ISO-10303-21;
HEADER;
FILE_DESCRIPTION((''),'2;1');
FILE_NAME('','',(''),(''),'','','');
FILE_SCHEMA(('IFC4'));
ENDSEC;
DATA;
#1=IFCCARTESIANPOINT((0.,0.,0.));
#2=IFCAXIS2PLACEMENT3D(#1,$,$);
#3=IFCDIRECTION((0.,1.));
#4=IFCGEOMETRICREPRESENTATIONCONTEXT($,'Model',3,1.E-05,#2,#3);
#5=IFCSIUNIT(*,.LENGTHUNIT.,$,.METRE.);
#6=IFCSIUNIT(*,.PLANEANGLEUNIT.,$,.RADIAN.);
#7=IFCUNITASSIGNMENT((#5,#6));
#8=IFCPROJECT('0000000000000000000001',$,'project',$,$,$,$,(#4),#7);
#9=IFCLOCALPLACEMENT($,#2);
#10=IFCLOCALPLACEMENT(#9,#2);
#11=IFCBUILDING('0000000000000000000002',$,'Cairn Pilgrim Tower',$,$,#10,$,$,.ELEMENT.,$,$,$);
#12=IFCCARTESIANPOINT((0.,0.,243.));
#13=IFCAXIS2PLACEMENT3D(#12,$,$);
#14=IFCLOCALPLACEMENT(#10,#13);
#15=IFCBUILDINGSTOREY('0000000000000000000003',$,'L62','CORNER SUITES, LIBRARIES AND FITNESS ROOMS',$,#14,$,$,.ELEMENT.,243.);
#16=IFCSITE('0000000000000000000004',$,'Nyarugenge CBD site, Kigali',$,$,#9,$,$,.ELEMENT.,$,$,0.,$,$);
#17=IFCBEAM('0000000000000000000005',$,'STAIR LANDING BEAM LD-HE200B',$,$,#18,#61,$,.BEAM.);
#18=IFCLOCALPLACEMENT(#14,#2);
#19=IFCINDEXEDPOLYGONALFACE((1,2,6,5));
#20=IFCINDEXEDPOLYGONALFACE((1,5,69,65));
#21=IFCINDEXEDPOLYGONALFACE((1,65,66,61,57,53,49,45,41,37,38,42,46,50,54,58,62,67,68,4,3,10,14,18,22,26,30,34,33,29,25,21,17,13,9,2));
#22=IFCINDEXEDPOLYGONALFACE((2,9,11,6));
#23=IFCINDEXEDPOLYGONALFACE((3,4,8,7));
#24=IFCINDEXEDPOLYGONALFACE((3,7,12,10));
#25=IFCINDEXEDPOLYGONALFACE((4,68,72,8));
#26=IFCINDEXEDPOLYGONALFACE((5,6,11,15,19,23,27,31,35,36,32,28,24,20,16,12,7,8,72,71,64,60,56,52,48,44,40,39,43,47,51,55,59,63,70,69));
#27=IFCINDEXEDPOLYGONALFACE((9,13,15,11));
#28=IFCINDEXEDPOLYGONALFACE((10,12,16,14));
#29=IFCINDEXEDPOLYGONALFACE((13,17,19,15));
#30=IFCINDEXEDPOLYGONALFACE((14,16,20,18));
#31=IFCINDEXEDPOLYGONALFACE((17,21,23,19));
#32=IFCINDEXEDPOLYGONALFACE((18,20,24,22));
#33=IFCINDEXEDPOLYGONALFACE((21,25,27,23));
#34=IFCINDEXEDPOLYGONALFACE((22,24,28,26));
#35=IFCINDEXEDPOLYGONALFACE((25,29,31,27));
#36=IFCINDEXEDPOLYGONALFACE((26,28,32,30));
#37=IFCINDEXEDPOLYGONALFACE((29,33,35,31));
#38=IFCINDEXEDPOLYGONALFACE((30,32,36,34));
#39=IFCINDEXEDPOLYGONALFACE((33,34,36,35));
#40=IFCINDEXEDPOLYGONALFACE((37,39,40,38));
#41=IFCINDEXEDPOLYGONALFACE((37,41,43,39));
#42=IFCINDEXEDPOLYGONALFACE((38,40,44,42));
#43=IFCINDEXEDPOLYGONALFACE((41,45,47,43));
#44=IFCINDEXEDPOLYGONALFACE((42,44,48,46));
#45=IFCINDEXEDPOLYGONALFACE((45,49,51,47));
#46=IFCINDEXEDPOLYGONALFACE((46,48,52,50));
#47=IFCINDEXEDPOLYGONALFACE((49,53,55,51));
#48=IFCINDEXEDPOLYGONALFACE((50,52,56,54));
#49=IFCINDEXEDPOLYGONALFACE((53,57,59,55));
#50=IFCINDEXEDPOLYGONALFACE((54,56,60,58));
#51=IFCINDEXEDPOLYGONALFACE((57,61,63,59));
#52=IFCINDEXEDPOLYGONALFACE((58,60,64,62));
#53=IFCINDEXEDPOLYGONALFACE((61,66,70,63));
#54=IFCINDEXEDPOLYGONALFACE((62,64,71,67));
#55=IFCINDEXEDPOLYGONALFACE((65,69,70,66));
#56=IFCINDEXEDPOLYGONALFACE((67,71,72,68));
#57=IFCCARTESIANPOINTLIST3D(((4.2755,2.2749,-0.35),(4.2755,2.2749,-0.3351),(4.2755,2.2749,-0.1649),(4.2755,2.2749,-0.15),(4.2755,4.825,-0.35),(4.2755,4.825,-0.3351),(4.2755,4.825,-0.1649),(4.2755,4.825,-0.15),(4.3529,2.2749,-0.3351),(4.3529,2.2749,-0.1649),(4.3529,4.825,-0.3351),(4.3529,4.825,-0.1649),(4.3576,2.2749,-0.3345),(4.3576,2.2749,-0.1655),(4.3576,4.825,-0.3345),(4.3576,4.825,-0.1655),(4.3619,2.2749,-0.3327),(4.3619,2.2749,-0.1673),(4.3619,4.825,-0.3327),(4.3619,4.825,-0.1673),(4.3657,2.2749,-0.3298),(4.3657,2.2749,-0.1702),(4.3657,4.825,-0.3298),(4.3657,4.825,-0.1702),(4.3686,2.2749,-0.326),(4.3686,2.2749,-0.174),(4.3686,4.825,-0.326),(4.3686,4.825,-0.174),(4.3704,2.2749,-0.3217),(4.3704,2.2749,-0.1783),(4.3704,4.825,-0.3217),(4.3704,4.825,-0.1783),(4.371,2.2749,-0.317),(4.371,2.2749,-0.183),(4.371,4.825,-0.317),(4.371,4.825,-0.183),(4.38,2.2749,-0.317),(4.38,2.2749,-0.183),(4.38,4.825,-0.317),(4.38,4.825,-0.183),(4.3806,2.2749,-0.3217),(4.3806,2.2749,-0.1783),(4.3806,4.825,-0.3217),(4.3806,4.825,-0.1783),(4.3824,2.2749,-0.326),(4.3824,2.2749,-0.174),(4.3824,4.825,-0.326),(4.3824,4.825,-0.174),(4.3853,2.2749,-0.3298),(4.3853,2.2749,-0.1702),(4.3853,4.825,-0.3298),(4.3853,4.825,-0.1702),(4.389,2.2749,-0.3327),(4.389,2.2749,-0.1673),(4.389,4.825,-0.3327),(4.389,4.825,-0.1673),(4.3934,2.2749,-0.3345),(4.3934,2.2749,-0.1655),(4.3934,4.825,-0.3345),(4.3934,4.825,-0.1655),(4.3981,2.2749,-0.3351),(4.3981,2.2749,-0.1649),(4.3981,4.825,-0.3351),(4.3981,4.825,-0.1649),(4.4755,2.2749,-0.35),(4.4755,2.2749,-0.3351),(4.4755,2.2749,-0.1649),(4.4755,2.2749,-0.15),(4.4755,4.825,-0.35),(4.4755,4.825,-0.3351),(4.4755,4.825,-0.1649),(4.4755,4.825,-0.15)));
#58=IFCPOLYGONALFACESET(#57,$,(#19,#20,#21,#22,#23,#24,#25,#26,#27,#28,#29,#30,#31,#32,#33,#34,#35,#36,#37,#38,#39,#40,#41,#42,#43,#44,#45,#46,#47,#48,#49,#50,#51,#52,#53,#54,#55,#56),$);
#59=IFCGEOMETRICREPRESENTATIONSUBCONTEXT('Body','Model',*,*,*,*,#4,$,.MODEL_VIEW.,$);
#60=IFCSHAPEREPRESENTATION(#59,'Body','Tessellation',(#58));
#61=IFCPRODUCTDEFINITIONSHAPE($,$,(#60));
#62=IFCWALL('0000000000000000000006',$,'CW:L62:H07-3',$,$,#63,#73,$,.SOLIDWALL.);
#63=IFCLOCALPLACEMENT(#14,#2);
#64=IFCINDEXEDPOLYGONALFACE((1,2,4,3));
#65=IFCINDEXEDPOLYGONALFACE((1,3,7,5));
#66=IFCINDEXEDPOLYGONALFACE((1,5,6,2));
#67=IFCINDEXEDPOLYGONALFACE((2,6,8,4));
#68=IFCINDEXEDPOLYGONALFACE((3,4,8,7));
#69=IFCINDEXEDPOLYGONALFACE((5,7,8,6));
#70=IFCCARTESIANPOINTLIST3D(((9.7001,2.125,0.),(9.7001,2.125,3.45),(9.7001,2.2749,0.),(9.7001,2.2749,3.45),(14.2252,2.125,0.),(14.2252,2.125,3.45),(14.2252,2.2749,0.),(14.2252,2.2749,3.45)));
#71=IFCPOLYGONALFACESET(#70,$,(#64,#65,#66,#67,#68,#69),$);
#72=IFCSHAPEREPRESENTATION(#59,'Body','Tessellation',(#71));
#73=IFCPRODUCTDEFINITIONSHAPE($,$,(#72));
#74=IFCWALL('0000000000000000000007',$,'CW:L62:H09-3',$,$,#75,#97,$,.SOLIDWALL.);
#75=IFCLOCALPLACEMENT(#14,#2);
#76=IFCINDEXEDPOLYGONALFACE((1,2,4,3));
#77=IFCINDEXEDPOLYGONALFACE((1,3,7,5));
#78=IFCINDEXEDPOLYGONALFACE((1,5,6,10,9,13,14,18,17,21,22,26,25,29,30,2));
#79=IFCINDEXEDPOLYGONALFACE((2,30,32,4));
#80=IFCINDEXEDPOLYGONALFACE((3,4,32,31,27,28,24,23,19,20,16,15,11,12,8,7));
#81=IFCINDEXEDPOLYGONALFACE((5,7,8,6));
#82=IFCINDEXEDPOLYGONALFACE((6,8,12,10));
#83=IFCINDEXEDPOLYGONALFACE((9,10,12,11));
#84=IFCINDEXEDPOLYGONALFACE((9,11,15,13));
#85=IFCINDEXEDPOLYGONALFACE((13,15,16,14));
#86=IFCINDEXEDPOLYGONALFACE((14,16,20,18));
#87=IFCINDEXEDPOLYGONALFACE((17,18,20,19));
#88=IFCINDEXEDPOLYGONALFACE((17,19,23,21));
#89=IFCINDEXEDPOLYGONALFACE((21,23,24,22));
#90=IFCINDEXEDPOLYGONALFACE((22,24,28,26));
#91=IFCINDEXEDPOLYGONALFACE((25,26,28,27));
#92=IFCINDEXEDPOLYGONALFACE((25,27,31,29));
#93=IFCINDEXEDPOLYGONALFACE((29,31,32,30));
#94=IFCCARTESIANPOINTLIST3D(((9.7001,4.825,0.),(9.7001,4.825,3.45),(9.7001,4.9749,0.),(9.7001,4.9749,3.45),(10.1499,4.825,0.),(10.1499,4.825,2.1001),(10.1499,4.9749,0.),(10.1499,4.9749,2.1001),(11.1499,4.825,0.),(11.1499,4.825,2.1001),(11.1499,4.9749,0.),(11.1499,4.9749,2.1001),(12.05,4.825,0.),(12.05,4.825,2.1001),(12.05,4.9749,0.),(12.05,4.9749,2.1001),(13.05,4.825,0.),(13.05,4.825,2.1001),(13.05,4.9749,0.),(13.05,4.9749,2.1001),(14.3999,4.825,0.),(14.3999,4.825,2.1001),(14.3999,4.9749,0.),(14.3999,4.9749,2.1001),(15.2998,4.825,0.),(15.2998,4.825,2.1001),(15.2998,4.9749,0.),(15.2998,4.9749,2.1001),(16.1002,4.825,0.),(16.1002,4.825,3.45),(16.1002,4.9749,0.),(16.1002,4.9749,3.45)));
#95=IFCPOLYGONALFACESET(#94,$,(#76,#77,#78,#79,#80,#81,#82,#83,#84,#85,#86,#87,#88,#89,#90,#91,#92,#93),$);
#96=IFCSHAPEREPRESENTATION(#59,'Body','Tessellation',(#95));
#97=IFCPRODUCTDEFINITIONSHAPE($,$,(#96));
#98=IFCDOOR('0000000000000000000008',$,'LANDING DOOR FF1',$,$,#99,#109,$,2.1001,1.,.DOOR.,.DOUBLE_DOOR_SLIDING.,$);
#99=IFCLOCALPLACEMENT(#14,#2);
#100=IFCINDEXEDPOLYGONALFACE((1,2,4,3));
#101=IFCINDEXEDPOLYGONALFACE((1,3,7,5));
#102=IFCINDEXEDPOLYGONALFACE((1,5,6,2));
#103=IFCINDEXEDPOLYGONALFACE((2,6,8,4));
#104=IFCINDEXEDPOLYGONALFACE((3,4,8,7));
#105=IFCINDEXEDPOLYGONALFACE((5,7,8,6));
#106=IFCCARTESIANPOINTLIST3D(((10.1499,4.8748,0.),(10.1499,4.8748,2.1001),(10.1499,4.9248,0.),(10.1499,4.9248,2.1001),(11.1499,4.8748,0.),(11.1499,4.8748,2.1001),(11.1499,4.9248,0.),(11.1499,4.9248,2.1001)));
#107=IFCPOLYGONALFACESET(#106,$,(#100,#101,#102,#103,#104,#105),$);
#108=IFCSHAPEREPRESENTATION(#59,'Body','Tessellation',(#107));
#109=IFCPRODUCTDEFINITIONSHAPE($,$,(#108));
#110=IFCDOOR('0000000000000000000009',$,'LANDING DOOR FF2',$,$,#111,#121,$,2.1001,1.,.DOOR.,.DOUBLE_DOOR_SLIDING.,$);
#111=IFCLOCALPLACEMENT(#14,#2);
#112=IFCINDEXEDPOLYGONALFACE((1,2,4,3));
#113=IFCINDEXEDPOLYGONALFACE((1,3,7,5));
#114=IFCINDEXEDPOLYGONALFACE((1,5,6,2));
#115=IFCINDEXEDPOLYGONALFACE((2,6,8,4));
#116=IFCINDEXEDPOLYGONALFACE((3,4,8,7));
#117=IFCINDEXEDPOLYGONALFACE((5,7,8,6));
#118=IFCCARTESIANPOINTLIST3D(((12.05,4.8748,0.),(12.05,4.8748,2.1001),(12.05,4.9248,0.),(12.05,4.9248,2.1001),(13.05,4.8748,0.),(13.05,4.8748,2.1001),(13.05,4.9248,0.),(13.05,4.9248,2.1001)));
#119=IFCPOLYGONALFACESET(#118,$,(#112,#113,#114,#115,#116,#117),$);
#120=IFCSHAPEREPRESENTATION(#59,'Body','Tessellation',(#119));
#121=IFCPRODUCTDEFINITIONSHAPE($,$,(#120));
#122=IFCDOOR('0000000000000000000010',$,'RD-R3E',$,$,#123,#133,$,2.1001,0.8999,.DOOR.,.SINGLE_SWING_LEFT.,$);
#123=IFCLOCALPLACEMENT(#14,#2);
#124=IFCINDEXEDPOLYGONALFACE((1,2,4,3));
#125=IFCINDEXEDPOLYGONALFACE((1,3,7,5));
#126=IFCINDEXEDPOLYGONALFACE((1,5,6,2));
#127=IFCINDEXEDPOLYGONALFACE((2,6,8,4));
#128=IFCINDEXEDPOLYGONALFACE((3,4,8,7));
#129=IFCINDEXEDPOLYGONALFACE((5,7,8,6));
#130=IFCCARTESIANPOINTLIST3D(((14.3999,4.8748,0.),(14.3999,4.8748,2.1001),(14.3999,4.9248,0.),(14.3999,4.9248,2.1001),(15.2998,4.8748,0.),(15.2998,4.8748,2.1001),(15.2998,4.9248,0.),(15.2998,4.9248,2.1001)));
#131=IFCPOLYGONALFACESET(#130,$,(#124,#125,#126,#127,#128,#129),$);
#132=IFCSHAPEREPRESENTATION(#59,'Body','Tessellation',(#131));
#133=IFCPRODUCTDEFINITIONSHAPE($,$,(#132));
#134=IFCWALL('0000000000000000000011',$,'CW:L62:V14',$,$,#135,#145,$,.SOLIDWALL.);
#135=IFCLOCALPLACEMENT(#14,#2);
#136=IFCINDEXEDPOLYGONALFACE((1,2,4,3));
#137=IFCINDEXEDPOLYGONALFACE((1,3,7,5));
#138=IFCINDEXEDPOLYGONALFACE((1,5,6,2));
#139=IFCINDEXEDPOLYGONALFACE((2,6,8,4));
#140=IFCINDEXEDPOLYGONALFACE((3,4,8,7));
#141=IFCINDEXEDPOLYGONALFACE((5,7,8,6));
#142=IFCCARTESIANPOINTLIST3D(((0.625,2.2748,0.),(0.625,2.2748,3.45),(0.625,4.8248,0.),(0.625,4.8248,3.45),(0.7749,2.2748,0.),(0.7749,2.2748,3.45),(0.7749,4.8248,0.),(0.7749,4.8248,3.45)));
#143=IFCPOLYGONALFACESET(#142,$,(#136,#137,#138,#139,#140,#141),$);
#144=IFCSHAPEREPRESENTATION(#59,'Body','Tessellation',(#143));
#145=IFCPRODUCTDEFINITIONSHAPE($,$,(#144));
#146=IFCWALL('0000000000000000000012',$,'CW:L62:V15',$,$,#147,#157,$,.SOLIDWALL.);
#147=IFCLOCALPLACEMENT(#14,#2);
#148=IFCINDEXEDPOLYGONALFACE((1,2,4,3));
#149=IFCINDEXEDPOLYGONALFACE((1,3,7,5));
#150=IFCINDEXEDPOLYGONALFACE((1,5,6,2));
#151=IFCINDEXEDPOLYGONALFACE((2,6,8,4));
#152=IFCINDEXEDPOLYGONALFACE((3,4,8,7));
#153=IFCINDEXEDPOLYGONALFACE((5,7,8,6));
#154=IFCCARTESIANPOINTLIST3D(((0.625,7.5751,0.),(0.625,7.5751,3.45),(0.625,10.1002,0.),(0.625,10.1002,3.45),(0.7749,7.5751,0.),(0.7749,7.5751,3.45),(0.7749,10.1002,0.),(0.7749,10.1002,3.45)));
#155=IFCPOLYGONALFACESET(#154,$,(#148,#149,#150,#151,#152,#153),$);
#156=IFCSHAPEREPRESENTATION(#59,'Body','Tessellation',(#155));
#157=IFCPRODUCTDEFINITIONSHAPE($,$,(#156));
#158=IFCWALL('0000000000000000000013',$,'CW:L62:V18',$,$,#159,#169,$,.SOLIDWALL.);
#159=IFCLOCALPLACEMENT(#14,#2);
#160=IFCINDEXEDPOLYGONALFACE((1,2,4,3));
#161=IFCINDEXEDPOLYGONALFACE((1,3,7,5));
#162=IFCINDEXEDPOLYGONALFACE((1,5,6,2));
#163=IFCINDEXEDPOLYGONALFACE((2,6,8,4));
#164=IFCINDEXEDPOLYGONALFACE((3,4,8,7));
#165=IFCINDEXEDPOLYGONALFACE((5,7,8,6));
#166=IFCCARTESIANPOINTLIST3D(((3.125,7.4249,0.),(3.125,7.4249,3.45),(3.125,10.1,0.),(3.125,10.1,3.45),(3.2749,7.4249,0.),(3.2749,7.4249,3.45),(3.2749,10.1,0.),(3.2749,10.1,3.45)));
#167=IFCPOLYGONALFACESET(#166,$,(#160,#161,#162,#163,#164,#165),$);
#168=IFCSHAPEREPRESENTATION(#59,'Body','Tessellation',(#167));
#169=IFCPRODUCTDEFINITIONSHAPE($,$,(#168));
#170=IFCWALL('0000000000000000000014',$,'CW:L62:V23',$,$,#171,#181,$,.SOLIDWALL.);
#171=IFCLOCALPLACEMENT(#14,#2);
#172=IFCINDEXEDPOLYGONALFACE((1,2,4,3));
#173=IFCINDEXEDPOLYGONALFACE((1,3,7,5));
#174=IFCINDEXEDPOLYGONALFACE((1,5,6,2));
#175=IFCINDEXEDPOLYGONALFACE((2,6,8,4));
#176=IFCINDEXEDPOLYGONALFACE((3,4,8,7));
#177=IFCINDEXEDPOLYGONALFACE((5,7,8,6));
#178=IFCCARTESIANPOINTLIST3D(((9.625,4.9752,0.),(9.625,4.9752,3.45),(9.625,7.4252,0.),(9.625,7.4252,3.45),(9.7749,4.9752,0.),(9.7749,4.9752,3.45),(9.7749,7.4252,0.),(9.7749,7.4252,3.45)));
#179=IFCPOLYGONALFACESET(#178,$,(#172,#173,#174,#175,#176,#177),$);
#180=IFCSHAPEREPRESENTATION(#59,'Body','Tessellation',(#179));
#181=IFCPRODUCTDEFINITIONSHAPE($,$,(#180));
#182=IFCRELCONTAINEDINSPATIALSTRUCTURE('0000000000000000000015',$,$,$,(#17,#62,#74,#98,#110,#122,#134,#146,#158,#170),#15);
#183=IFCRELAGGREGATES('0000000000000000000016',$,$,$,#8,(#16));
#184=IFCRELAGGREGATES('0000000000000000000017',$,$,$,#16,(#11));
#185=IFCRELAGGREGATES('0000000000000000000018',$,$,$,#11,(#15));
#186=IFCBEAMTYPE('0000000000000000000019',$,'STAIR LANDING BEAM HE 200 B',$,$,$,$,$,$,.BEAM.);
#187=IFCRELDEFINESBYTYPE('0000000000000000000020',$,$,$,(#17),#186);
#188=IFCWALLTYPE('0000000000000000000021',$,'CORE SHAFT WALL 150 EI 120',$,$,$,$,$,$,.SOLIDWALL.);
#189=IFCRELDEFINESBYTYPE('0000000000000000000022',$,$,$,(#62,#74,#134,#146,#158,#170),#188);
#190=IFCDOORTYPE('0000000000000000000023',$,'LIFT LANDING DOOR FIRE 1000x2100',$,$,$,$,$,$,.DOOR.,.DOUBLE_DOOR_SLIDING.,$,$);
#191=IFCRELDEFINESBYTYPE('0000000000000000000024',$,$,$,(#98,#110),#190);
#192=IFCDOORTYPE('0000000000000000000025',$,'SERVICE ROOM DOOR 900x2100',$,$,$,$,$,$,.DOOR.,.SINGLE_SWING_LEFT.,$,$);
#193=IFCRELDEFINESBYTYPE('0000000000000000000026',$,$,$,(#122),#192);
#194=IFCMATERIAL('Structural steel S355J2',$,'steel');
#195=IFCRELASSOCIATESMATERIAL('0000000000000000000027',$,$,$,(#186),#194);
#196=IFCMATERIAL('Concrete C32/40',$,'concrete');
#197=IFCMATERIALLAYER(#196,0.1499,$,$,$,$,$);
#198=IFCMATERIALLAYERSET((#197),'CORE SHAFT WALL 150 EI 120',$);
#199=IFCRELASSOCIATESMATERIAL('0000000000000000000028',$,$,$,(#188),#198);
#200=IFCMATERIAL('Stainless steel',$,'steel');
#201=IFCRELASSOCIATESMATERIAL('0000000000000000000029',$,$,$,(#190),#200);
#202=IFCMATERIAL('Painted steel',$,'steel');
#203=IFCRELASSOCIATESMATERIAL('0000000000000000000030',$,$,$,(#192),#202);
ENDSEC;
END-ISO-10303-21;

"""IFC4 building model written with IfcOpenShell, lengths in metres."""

from ifc_helpers import new_model, si_unit, direction, frame, frame_2d, origin, origin_2d, place, context, subcontext, project, spatial, rectangle, i_section, extrude, material, layer, layer_set, material_profile, profile_set, type_object, element, fill, save


model = new_model("IFC4")

# Units and contexts
model_context = context("Model", 3, precision=1e-05, world=origin(), true_north=direction((0.0, 1.0)))
body_context = subcontext(model_context, "Body", "Model", "MODEL_VIEW")
ifc_project = project(units=[si_unit("LENGTHUNIT", "METRE"), si_unit("PLANEANGLEUNIT", "RADIAN")], contexts=[model_context])

# Site, building, storey
site_placement = place(None, origin())
site = spatial("IfcSite", under=ifc_project, at=site_placement, Name="Nyarugenge CBD site, Kigali", CompositionType="ELEMENT", RefElevation=0.0)
building_placement = place(site_placement, origin())
building = spatial("IfcBuilding", under=site, at=building_placement, Name="Cairn Pilgrim Tower", CompositionType="ELEMENT")
storey_placement = place(building_placement, frame((0.0, 0.0, 243.0)))
storey = spatial("IfcBuildingStorey", under=building, at=storey_placement, Name="L62", Description="CORNER SUITES, LIBRARIES AND FITNESS ROOMS", CompositionType="ELEMENT", Elevation=243.0)

# Beam
ifc_material_1 = material(Name="Structural steel S355J2", Category="steel")
ifc_material_profile = material_profile(ifc_material_1, i_section(OverallWidth=0.2, OverallDepth=0.2, WebThickness=0.009, FlangeThickness=0.0149, FilletRadius=0.0181, at=origin_2d()), Name="HE 200 B")
ifc_profile_set = profile_set([ifc_material_profile], Name="Structural steel S355J2")
beam_type = type_object("IfcBeamType", Name="STAIR LANDING BEAM HE 200 B", PredefinedType="BEAM", material=ifc_profile_set)
beam_placement = place(storey_placement, frame((4.3755, 2.2749, -0.25), z_axis=(0.0, 1.0, 0.0), x_axis=(-1.0, 0.0, 0.0)))
element("IfcBeam", 1, at=beam_placement, inside=storey, type_object=beam_type, Name="STAIR LANDING BEAM LD-HE200B", PredefinedType="BEAM", context=body_context, shape_type="SweptSolid", body=[
    extrude(i_section(OverallWidth=0.2, OverallDepth=0.2, WebThickness=0.009, FlangeThickness=0.0149, FilletRadius=0.0181, at=origin_2d()), origin(), (0.0, 0.0, 1.0), 2.55),
])

# Wall
ifc_material_2 = material(Name="Concrete C32/40", Category="concrete")
ifc_layer_1 = layer(ifc_material_2, 0.1499)
ifc_layer_set_1 = layer_set([ifc_layer_1], Name="CORE SHAFT WALL 150 EI 120")
wall_type_1 = type_object("IfcWallType", Name="CORE SHAFT WALL 150 EI 120", PredefinedType="SOLIDWALL", material=ifc_layer_set_1)
wall_1_placement = place(storey_placement, frame((9.7, 2.2, 0.0), z_axis=(0.0, 0.0, 1.0), x_axis=(1.0, 0.0, 0.0)))
element("IfcWall", 2, at=wall_1_placement, inside=storey, type_object=wall_type_1, Name="CW:L62:H07-3", PredefinedType="SOLIDWALL", context=body_context, shape_type="SweptSolid", body=[
    extrude(rectangle(XDim=4.5251, YDim=0.1499, at=frame_2d((2.2627, 0.0))), origin(), (0.0, 0.0, 1.0), 3.45),
])

# Wall, openings, doors
wall_2_placement = place(storey_placement, frame((9.7, 4.8999, 0.0), z_axis=(0.0, 0.0, 1.0), x_axis=(1.0, 0.0, 0.0)))
wall_2 = element("IfcWall", 3, at=wall_2_placement, inside=storey, type_object=wall_type_1, Name="CW:L62:H09-3", PredefinedType="SOLIDWALL", context=body_context, shape_type="SweptSolid", body=[
    extrude(rectangle(XDim=6.4001, YDim=0.1499, at=frame_2d((3.2002, 0.0))), origin(), (0.0, 0.0, 1.0), 3.45),
])
opening_1_placement = place(wall_2_placement, frame((0.45, 0.0, 0.0)))
opening_1 = element("IfcOpeningElement", 4, at=opening_1_placement, cuts=wall_2, PredefinedType="OPENING", context=body_context, shape_type="SweptSolid", body=[
    extrude(rectangle(XDim=1.0, YDim=2.1001, at=frame_2d((0.5, 1.05))), frame((0.0, 0.085, 0.0), z_axis=(0.0, -1.0, 0.0), x_axis=(1.0, 0.0, 0.0)), (0.0, 0.0, 1.0), 0.1699),
])
opening_2_placement = place(wall_2_placement, frame((2.3501, 0.0, 0.0)))
opening_2 = element("IfcOpeningElement", 5, at=opening_2_placement, cuts=wall_2, PredefinedType="OPENING", context=body_context, shape_type="SweptSolid", body=[
    extrude(rectangle(XDim=1.0, YDim=2.1001, at=frame_2d((0.5, 1.05))), frame((0.0, 0.085, 0.0), z_axis=(0.0, -1.0, 0.0), x_axis=(1.0, 0.0, 0.0)), (0.0, 0.0, 1.0), 0.1699),
])
opening_3_placement = place(wall_2_placement, frame((4.7, 0.0, 0.0)))
opening_3 = element("IfcOpeningElement", 6, at=opening_3_placement, cuts=wall_2, PredefinedType="OPENING", context=body_context, shape_type="SweptSolid", body=[
    extrude(rectangle(XDim=0.8999, YDim=2.1001, at=frame_2d((0.45, 1.05))), frame((0.0, 0.085, 0.0), z_axis=(0.0, -1.0, 0.0), x_axis=(1.0, 0.0, 0.0)), (0.0, 0.0, 1.0), 0.1699),
])
ifc_material_3 = material(Name="Stainless steel", Category="steel")
door_type_1 = type_object("IfcDoorType", Name="LIFT LANDING DOOR FIRE 1000x2100", OperationType="DOUBLE_DOOR_SLIDING", PredefinedType="DOOR", material=ifc_material_3)
door_1_placement = place(opening_1_placement, origin())
door_1 = element("IfcDoor", 7, at=door_1_placement, inside=storey, type_object=door_type_1, Name="LANDING DOOR FF1", OperationType="DOUBLE_DOOR_SLIDING", OverallHeight=2.1001, OverallWidth=1.0, PredefinedType="DOOR", context=body_context, shape_type="SweptSolid", body=[
    extrude(rectangle(XDim=1.0, YDim=2.1001, at=frame_2d((0.5, 1.05))), frame((0.0, 0.0249, 0.0), z_axis=(0.0, -1.0, 0.0), x_axis=(1.0, 0.0, 0.0)), (0.0, 0.0, 1.0), 0.05),
])
fill(opening_1, door_1)
door_2_placement = place(opening_2_placement, origin())
door_2 = element("IfcDoor", 8, at=door_2_placement, inside=storey, type_object=door_type_1, Name="LANDING DOOR FF2", OperationType="DOUBLE_DOOR_SLIDING", OverallHeight=2.1001, OverallWidth=1.0, PredefinedType="DOOR", context=body_context, shape_type="SweptSolid", body=[
    extrude(rectangle(XDim=1.0, YDim=2.1001, at=frame_2d((0.5, 1.05))), frame((0.0, 0.0249, 0.0), z_axis=(0.0, -1.0, 0.0), x_axis=(1.0, 0.0, 0.0)), (0.0, 0.0, 1.0), 0.05),
])
fill(opening_2, door_2)
ifc_material_4 = material(Name="Painted steel", Category="steel")
door_type_2 = type_object("IfcDoorType", Name="SERVICE ROOM DOOR 900x2100", OperationType="SINGLE_SWING_LEFT", PredefinedType="DOOR", material=ifc_material_4)
door_3_placement = place(opening_3_placement, origin())
door_3 = element("IfcDoor", 9, at=door_3_placement, inside=storey, type_object=door_type_2, Name="RD-R3E", OperationType="SINGLE_SWING_LEFT", OverallHeight=2.1001, OverallWidth=0.8999, PredefinedType="DOOR", context=body_context, shape_type="SweptSolid", body=[
    extrude(rectangle(XDim=0.8999, YDim=2.1001, at=frame_2d((0.45, 1.05))), frame((0.0, 0.0249, 0.0), z_axis=(0.0, -1.0, 0.0), x_axis=(1.0, 0.0, 0.0)), (0.0, 0.0, 1.0), 0.05),
])
fill(opening_3, door_3)

# Walls
wall_3_placement = place(storey_placement, frame((0.7, 2.2749, 0.0), z_axis=(0.0, 0.0, 1.0), x_axis=(0.0, 1.0, 0.0)))
element("IfcWall", 10, at=wall_3_placement, inside=storey, type_object=wall_type_1, Name="CW:L62:V14", PredefinedType="SOLIDWALL", context=body_context, shape_type="SweptSolid", body=[
    extrude(rectangle(XDim=2.55, YDim=0.1499, at=frame_2d((1.2749, 0.0))), origin(), (0.0, 0.0, 1.0), 3.45),
])
wall_4_placement = place(storey_placement, frame((0.7, 7.575, 0.0), z_axis=(0.0, 0.0, 1.0), x_axis=(0.0, 1.0, 0.0)))
element("IfcWall", 11, at=wall_4_placement, inside=storey, type_object=wall_type_1, Name="CW:L62:V15", PredefinedType="SOLIDWALL", context=body_context, shape_type="SweptSolid", body=[
    extrude(rectangle(XDim=2.5251, YDim=0.1499, at=frame_2d((1.2627, 0.0))), origin(), (0.0, 0.0, 1.0), 3.45),
])
wall_5_placement = place(storey_placement, frame((3.2, 7.425, 0.0), z_axis=(0.0, 0.0, 1.0), x_axis=(0.0, 1.0, 0.0)))
element("IfcWall", 12, at=wall_5_placement, inside=storey, type_object=wall_type_1, Name="CW:L62:V18", PredefinedType="SOLIDWALL", context=body_context, shape_type="SweptSolid", body=[
    extrude(rectangle(XDim=2.675, YDim=0.1499, at=frame_2d((1.3374, 0.0))), origin(), (0.0, 0.0, 1.0), 3.45),
])
wall_6_placement = place(storey_placement, frame((9.7, 4.9751, 0.0), z_axis=(0.0, 0.0, 1.0), x_axis=(0.0, 1.0, 0.0)))
element("IfcWall", 13, at=wall_6_placement, inside=storey, type_object=wall_type_1, Name="CW:L62:V23", PredefinedType="SOLIDWALL", context=body_context, shape_type="SweptSolid", body=[
    extrude(rectangle(XDim=2.45, YDim=0.1499, at=frame_2d((1.2251, 0.0))), origin(), (0.0, 0.0, 1.0), 3.45),
])

save(model, "model.ifc")
